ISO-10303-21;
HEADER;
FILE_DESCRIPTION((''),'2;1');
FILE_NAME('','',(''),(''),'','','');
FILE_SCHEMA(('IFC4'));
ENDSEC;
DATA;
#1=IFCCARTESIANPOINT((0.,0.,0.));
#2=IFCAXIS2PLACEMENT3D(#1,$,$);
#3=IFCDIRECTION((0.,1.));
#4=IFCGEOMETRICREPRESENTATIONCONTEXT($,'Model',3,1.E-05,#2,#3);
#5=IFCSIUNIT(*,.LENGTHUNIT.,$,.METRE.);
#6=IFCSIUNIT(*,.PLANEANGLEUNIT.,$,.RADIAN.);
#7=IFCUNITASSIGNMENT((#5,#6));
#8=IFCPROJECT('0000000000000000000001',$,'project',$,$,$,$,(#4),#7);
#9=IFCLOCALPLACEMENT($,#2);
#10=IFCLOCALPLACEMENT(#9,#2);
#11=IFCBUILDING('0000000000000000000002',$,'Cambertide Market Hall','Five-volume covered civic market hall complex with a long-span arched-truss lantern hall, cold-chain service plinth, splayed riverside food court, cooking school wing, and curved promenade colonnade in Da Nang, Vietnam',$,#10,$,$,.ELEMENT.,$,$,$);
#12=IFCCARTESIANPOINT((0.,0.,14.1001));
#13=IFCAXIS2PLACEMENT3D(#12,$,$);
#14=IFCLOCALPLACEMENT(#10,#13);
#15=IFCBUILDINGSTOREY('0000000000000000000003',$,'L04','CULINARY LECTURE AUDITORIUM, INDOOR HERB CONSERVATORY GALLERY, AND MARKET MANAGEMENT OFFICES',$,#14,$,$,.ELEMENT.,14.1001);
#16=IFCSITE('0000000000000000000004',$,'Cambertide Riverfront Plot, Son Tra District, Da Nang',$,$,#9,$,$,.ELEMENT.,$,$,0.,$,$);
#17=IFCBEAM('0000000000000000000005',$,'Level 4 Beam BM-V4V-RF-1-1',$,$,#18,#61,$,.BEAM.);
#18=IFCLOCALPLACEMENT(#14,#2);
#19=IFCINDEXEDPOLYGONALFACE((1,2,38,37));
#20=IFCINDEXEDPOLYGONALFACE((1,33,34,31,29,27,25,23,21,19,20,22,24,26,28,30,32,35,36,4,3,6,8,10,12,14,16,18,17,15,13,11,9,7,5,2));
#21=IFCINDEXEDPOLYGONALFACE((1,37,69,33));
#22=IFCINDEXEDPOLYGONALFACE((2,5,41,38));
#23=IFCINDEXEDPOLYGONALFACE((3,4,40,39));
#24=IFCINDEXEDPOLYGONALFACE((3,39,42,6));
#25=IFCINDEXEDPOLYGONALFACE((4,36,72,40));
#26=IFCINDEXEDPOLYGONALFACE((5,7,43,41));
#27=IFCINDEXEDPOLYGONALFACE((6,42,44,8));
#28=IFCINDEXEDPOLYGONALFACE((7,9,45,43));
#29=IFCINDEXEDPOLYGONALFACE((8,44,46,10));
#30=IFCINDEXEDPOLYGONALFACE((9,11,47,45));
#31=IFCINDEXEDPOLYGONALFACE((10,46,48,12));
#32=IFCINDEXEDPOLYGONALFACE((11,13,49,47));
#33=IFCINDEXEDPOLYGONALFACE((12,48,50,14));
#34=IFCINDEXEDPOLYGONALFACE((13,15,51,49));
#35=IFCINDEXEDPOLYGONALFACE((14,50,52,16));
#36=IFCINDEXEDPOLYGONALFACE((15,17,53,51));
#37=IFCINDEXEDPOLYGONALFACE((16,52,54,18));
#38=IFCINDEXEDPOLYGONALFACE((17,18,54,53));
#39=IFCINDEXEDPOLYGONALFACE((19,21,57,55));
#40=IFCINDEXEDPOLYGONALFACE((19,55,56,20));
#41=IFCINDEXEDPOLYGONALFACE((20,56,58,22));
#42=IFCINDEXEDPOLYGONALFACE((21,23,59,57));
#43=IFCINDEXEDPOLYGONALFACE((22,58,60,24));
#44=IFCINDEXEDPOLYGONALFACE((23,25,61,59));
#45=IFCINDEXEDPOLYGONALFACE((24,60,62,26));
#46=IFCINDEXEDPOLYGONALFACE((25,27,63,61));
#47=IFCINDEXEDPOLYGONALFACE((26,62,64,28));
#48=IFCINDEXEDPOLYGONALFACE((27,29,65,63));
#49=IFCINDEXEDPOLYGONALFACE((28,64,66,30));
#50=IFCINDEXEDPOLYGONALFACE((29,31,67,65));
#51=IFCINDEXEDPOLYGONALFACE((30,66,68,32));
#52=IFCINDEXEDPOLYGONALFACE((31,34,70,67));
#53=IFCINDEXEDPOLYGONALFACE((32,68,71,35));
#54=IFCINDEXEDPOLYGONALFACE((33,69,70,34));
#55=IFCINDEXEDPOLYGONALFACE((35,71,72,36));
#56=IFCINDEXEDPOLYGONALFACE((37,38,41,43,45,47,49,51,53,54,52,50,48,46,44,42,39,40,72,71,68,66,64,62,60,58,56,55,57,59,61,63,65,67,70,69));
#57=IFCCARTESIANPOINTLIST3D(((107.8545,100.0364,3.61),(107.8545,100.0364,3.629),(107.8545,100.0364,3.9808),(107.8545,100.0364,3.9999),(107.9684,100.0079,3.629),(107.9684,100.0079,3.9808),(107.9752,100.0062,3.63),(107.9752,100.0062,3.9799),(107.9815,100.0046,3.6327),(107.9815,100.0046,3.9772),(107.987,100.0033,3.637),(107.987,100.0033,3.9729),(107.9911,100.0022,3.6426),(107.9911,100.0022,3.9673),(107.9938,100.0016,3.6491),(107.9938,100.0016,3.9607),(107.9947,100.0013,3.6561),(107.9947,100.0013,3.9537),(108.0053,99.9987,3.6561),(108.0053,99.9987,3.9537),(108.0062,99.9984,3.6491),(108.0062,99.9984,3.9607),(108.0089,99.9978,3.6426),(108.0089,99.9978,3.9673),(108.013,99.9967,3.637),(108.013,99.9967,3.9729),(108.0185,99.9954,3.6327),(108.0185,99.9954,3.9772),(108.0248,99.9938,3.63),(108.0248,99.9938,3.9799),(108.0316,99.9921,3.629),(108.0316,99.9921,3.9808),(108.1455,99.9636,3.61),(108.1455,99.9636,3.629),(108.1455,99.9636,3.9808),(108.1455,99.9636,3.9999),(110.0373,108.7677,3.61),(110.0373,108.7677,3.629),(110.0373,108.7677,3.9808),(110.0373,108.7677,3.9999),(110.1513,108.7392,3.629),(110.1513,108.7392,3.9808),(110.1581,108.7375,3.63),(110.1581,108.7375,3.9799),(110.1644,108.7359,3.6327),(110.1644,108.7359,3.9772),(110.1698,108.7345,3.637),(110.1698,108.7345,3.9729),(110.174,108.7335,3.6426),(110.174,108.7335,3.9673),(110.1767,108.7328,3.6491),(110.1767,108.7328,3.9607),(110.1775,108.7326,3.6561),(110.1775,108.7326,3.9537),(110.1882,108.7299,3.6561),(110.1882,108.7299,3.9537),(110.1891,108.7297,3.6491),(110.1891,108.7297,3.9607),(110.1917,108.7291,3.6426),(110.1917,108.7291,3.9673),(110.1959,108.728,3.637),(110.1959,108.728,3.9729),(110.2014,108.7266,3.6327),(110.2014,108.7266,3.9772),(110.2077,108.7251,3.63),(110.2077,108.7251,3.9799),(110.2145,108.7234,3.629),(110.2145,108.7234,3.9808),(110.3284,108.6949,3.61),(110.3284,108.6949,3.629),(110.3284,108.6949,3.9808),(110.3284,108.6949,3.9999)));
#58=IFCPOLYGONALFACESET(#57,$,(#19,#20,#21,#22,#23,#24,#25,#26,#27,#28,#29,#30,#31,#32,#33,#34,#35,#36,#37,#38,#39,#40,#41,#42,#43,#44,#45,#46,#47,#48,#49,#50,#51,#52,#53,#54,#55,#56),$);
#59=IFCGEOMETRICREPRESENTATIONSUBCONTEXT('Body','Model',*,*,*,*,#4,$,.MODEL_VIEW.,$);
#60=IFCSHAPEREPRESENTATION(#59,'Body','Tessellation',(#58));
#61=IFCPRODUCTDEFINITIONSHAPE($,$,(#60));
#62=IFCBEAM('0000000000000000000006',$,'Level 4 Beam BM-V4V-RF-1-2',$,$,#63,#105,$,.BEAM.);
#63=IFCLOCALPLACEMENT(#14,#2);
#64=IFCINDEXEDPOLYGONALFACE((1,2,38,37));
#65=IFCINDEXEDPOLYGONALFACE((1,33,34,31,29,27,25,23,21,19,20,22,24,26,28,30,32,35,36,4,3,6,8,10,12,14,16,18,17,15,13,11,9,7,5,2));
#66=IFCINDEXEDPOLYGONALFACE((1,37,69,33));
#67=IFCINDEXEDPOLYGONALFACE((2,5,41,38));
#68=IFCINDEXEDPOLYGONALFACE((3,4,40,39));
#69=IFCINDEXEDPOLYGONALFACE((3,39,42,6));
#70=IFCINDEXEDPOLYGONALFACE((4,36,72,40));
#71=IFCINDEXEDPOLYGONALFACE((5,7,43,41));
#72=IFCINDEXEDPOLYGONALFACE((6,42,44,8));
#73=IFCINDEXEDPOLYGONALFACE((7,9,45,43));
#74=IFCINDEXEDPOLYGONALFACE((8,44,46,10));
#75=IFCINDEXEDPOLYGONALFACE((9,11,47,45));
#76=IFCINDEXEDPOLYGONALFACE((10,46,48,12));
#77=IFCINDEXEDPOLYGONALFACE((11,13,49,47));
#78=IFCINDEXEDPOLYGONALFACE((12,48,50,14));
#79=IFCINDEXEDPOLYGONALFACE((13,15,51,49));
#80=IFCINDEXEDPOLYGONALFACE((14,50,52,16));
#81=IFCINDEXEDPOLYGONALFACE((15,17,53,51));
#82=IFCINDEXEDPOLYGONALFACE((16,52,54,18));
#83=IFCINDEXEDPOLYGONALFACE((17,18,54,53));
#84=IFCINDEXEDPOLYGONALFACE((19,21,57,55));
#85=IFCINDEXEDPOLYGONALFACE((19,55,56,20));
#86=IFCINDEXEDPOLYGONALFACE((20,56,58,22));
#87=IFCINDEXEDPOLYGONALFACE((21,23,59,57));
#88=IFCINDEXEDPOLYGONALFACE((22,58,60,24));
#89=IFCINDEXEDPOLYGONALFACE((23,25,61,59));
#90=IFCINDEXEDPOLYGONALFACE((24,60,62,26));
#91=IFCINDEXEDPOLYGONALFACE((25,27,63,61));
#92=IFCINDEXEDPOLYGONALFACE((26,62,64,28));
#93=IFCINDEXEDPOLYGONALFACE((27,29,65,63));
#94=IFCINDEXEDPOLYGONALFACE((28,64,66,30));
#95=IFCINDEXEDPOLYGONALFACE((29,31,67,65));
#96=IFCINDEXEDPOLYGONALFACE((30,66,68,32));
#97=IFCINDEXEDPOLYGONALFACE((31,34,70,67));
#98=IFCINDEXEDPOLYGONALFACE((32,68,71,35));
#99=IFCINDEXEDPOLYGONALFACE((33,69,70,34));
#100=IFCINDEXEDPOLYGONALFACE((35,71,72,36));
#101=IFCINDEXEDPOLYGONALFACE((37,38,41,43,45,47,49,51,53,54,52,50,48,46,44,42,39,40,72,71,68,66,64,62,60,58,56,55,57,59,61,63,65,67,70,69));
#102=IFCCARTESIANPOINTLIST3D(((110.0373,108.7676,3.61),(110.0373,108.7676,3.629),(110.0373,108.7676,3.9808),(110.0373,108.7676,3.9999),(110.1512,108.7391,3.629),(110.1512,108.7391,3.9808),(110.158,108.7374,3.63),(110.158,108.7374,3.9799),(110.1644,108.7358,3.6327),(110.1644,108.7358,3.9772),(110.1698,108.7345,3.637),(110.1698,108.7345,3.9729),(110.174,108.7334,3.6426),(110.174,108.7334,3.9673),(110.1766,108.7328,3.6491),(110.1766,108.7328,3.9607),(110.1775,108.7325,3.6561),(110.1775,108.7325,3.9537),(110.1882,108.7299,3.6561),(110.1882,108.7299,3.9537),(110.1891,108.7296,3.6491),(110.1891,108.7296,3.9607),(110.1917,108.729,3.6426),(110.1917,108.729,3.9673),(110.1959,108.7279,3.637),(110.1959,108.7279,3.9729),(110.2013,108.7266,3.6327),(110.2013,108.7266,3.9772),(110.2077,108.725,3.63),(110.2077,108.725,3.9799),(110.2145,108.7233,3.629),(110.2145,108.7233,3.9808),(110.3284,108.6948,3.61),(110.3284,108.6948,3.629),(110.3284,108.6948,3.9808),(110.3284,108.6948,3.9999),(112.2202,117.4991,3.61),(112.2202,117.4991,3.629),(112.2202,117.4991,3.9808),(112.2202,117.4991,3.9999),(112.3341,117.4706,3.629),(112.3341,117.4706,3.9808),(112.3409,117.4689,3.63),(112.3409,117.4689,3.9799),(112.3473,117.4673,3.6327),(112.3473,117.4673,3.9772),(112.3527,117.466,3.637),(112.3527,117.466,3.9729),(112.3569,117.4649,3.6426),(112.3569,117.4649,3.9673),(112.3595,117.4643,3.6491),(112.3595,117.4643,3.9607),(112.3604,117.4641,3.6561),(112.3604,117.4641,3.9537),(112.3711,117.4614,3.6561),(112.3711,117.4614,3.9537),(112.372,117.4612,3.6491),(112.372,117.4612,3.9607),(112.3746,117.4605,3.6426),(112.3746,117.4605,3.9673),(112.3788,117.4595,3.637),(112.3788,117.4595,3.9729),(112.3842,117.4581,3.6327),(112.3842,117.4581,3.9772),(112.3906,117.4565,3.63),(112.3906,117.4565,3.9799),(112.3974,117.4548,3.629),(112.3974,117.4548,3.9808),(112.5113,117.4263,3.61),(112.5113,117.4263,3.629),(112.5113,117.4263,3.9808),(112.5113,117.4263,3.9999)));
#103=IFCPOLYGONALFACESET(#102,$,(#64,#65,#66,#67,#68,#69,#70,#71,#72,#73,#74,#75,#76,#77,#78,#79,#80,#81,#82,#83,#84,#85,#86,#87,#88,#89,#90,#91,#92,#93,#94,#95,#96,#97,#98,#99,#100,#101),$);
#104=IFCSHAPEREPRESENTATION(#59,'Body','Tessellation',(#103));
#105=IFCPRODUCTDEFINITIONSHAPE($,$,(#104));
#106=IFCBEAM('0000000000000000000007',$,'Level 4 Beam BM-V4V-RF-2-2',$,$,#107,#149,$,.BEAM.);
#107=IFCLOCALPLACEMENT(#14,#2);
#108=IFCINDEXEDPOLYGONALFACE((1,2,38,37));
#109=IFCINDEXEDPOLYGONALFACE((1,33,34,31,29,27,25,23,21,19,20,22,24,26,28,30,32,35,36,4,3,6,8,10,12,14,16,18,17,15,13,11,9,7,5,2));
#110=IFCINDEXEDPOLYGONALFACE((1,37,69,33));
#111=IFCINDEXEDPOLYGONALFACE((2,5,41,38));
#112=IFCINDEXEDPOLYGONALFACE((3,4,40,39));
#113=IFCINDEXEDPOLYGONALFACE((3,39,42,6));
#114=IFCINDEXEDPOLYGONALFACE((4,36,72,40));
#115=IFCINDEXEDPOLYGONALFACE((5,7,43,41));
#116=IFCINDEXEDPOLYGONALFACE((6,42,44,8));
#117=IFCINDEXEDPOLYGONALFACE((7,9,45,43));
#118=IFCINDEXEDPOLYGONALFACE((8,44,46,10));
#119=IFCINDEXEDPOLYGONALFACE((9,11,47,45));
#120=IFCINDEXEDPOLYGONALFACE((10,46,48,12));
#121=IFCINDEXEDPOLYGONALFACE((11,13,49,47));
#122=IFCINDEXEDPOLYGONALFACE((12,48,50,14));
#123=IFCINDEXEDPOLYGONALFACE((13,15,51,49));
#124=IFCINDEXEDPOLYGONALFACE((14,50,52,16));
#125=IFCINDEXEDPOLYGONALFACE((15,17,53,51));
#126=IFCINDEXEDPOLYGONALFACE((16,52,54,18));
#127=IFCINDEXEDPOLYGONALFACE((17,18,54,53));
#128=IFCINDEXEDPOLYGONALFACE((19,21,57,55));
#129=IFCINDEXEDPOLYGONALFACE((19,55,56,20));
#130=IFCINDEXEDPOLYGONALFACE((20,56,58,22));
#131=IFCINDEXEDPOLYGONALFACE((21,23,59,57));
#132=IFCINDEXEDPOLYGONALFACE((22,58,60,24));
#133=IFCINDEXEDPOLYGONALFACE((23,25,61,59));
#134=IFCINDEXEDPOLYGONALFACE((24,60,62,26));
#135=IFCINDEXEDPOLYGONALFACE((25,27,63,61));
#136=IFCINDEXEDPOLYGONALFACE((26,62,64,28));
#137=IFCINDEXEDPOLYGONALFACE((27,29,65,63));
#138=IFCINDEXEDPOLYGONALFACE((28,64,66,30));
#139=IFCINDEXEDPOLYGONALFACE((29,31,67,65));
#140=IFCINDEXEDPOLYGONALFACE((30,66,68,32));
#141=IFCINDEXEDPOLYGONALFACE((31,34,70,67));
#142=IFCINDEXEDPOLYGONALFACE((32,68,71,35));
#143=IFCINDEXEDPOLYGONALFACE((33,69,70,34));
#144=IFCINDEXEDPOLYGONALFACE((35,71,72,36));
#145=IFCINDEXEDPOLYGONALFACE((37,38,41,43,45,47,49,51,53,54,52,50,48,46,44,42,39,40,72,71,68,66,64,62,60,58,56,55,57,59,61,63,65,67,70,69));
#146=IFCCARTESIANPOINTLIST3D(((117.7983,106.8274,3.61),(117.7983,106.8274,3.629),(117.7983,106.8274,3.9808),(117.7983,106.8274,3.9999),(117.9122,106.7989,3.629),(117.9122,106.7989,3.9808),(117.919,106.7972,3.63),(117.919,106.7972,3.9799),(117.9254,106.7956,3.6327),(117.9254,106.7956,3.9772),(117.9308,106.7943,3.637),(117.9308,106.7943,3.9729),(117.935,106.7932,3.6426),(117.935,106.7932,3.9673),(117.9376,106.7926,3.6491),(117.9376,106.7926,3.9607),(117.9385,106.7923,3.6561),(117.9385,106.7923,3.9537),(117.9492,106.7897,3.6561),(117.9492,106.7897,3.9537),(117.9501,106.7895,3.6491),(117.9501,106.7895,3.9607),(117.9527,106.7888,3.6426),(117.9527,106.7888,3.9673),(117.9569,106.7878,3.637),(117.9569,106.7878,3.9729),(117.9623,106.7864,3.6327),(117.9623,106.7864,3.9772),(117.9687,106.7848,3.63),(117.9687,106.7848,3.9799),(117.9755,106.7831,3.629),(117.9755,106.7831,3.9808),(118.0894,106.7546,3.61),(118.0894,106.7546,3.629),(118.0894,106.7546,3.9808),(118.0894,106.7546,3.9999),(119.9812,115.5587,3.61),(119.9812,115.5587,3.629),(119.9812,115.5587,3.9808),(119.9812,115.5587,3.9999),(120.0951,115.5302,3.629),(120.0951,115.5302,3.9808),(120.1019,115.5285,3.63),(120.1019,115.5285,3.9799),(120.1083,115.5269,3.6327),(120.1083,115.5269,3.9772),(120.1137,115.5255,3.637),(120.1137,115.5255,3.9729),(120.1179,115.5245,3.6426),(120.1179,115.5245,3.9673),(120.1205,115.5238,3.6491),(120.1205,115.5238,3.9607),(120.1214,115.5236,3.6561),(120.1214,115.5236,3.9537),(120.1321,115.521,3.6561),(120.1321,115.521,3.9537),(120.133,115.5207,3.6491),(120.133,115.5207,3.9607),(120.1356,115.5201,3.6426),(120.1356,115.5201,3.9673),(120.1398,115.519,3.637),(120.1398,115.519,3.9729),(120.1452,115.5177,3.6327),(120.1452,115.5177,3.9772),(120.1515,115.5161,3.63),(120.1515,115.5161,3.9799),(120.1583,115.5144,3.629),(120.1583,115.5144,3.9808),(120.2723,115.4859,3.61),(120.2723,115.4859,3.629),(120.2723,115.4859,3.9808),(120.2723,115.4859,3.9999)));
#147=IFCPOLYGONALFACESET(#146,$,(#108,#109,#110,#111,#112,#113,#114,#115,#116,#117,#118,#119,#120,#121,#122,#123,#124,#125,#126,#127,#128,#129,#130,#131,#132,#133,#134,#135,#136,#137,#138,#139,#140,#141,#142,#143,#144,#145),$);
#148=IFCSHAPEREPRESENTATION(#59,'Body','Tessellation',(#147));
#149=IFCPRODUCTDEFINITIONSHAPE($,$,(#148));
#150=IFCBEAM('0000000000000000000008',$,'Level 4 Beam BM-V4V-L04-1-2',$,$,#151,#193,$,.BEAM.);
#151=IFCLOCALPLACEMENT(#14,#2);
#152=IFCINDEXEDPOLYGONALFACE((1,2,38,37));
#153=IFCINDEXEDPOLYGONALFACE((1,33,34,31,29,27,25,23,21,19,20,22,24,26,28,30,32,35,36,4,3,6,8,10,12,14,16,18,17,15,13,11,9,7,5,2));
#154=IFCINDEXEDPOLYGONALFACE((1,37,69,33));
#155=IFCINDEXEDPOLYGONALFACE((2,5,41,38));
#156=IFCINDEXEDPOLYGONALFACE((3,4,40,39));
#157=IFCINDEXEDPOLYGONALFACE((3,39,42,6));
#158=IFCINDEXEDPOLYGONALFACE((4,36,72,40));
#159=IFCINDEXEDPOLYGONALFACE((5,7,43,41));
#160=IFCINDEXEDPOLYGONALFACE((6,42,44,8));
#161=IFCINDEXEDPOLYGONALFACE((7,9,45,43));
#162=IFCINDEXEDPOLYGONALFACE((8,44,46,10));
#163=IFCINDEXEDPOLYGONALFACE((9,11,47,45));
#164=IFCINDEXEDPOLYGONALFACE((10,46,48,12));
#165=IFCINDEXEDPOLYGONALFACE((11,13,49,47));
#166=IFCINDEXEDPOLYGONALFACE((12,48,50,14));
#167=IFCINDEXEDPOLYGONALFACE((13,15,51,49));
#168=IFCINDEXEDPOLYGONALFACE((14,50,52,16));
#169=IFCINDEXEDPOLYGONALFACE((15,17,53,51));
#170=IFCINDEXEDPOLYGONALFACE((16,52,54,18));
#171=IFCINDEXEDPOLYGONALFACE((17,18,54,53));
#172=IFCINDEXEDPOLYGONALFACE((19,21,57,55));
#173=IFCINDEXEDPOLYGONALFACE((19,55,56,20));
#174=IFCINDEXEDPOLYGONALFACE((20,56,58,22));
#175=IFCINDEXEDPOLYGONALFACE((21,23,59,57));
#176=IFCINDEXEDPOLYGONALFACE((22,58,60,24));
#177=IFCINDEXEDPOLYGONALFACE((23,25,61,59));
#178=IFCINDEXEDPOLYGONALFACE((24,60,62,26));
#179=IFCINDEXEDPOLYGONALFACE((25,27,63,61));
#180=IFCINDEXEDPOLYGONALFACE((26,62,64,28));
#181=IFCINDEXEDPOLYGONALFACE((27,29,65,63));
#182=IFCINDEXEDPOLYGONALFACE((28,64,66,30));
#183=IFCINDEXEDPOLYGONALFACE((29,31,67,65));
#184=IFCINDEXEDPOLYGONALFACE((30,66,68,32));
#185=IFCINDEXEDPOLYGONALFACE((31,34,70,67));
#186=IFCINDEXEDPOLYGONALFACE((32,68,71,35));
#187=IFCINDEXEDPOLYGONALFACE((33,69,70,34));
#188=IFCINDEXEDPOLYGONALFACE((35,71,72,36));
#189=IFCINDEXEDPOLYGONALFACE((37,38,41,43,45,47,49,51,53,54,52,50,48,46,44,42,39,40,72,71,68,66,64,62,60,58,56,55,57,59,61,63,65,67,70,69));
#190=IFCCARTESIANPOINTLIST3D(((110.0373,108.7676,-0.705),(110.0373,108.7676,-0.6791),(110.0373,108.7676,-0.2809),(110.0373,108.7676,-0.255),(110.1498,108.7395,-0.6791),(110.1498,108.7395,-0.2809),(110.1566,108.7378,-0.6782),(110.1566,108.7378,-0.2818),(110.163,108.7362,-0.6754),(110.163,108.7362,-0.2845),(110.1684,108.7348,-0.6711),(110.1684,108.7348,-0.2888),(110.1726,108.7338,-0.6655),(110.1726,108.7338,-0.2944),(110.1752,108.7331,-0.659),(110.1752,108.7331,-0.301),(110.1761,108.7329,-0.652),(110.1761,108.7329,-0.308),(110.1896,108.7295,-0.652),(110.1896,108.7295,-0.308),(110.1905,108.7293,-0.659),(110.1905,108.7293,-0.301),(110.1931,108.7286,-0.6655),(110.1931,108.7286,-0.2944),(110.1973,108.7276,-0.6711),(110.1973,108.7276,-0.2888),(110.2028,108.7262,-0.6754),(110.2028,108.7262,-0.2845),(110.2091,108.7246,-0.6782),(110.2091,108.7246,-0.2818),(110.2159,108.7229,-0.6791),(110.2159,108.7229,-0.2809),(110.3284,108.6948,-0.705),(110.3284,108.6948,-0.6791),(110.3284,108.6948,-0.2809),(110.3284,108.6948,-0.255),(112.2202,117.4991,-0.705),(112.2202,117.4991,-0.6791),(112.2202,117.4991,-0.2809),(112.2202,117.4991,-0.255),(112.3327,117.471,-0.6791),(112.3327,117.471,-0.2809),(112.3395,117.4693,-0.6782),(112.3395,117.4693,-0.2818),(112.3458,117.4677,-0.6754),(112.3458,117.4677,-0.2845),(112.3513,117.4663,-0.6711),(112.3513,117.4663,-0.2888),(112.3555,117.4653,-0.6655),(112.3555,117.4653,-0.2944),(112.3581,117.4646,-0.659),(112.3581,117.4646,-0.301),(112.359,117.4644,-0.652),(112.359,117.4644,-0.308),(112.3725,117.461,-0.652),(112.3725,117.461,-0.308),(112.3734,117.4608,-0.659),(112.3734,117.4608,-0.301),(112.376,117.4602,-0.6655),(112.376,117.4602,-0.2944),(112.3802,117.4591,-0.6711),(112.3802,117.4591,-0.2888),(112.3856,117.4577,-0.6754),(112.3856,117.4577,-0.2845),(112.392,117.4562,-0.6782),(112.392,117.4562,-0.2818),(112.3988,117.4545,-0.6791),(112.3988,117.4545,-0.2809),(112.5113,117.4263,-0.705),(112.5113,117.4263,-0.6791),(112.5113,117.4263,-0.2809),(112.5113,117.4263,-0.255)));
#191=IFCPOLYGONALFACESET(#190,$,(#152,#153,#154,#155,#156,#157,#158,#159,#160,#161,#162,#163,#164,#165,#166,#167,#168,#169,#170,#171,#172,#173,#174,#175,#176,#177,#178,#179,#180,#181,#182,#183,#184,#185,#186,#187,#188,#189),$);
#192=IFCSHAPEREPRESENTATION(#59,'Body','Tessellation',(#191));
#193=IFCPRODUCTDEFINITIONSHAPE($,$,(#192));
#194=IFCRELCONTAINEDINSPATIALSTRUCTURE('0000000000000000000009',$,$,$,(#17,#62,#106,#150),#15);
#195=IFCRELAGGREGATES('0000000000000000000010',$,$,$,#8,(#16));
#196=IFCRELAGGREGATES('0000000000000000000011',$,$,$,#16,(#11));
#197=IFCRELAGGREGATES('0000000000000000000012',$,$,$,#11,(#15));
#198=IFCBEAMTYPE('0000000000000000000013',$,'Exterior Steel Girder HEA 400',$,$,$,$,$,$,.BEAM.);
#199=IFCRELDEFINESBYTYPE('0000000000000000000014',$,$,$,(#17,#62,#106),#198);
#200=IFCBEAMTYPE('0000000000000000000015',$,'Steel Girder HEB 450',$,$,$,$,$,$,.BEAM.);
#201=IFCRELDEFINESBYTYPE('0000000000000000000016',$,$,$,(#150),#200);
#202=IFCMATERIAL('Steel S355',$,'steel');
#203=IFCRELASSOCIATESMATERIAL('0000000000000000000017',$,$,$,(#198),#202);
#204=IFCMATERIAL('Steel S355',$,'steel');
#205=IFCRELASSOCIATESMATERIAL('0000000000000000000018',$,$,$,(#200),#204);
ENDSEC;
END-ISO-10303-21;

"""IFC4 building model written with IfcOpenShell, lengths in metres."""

from ifc_helpers import new_model, si_unit, direction, frame, origin, origin_2d, place, context, subcontext, project, spatial, i_section, extrude, material, material_profile, profile_set, type_object, element, save


model = new_model("IFC4")

# Units and contexts
model_context = context("Model", 3, precision=1e-05, world=origin(), true_north=direction((0.0, 1.0)))
body_context = subcontext(model_context, "Body", "Model", "MODEL_VIEW")
ifc_project = project(units=[si_unit("LENGTHUNIT", "METRE"), si_unit("PLANEANGLEUNIT", "RADIAN")], contexts=[model_context])

# Site, building, storey
site_placement = place(None, origin())
site = spatial("IfcSite", under=ifc_project, at=site_placement, Name="Cambertide Riverfront Plot, Son Tra District, Da Nang", CompositionType="ELEMENT", RefElevation=0.0)
building_placement = place(site_placement, origin())
building = spatial("IfcBuilding", under=site, at=building_placement, Name="Cambertide Market Hall", Description="Five-volume covered civic market hall complex with a long-span arched-truss lantern hall, cold-chain service plinth, splayed riverside food court, cooking school wing, and curved promenade colonnade in Da Nang, Vietnam", CompositionType="ELEMENT")
storey_placement = place(building_placement, frame((0.0, 0.0, 14.1001)))
storey = spatial("IfcBuildingStorey", under=building, at=storey_placement, Name="L04", Description="CULINARY LECTURE AUDITORIUM, INDOOR HERB CONSERVATORY GALLERY, AND MARKET MANAGEMENT OFFICES", CompositionType="ELEMENT", Elevation=14.1001)

# Beams
ifc_material_1 = material(Name="Steel S355", Category="steel")
ifc_material_profile_1 = material_profile(ifc_material_1, i_section(OverallWidth=0.3, OverallDepth=0.3899, WebThickness=0.011, FlangeThickness=0.019, FilletRadius=0.0271, at=origin_2d()), Name="HEA 400")
ifc_profile_set_1 = profile_set([ifc_material_profile_1], Name="Steel S355")
beam_type_1 = type_object("IfcBeamType", Name="Exterior Steel Girder HEA 400", PredefinedType="BEAM", material=ifc_profile_set_1)
beam_1_placement = place(storey_placement, frame((108.0, 100.0, 3.8049), z_axis=(0.242542, 0.970141, 0.0), x_axis=(-0.970141, 0.242542, 0.0)))
element("IfcBeam", 1, at=beam_1_placement, inside=storey, type_object=beam_type_1, Name="Level 4 Beam BM-V4V-RF-1-1", PredefinedType="BEAM", context=body_context, shape_type="SweptSolid", body=[
    extrude(i_section(OverallWidth=0.3, OverallDepth=0.3899, WebThickness=0.011, FlangeThickness=0.019, FilletRadius=0.0271, at=origin_2d()), origin(), (0.0, 0.0, 1.0), 9.0),
])
beam_2_placement = place(storey_placement, frame((110.1829, 108.7312, 3.8049), z_axis=(0.242536, 0.970143, 0.0), x_axis=(-0.970143, 0.242536, 0.0)))
element("IfcBeam", 2, at=beam_2_placement, inside=storey, type_object=beam_type_1, Name="Level 4 Beam BM-V4V-RF-1-2", PredefinedType="BEAM", context=body_context, shape_type="SweptSolid", body=[
    extrude(i_section(OverallWidth=0.3, OverallDepth=0.3899, WebThickness=0.011, FlangeThickness=0.019, FilletRadius=0.0271, at=origin_2d()), origin(), (0.0, 0.0, 1.0), 9.0002),
])
beam_3_placement = place(storey_placement, frame((117.9438, 106.791, 3.8049), z_axis=(0.242542, 0.970141, 0.0), x_axis=(-0.970141, 0.242542, 0.0)))
element("IfcBeam", 3, at=beam_3_placement, inside=storey, type_object=beam_type_1, Name="Level 4 Beam BM-V4V-RF-2-2", PredefinedType="BEAM", context=body_context, shape_type="SweptSolid", body=[
    extrude(i_section(OverallWidth=0.3, OverallDepth=0.3899, WebThickness=0.011, FlangeThickness=0.019, FilletRadius=0.0271, at=origin_2d()), origin(), (0.0, 0.0, 1.0), 9.0),
])
ifc_material_2 = material(Name="Steel S355", Category="steel")
ifc_material_profile_2 = material_profile(ifc_material_2, i_section(OverallWidth=0.3, OverallDepth=0.45, WebThickness=0.0139, FlangeThickness=0.0259, FilletRadius=0.0271, at=origin_2d()), Name="HEB 450")
ifc_profile_set_2 = profile_set([ifc_material_profile_2], Name="Steel S355")
beam_type_2 = type_object("IfcBeamType", Name="Steel Girder HEB 450", PredefinedType="BEAM", material=ifc_profile_set_2)
beam_4_placement = place(storey_placement, frame((110.1829, 108.7312, -0.48), z_axis=(0.242536, 0.970143, 0.0), x_axis=(-0.970143, 0.242536, 0.0)))
element("IfcBeam", 4, at=beam_4_placement, inside=storey, type_object=beam_type_2, Name="Level 4 Beam BM-V4V-L04-1-2", PredefinedType="BEAM", context=body_context, shape_type="SweptSolid", body=[
    extrude(i_section(OverallWidth=0.3, OverallDepth=0.45, WebThickness=0.0139, FlangeThickness=0.0259, FilletRadius=0.0271, at=origin_2d()), origin(), (0.0, 0.0, 1.0), 9.0002),
])

save(model, "model.ifc")
